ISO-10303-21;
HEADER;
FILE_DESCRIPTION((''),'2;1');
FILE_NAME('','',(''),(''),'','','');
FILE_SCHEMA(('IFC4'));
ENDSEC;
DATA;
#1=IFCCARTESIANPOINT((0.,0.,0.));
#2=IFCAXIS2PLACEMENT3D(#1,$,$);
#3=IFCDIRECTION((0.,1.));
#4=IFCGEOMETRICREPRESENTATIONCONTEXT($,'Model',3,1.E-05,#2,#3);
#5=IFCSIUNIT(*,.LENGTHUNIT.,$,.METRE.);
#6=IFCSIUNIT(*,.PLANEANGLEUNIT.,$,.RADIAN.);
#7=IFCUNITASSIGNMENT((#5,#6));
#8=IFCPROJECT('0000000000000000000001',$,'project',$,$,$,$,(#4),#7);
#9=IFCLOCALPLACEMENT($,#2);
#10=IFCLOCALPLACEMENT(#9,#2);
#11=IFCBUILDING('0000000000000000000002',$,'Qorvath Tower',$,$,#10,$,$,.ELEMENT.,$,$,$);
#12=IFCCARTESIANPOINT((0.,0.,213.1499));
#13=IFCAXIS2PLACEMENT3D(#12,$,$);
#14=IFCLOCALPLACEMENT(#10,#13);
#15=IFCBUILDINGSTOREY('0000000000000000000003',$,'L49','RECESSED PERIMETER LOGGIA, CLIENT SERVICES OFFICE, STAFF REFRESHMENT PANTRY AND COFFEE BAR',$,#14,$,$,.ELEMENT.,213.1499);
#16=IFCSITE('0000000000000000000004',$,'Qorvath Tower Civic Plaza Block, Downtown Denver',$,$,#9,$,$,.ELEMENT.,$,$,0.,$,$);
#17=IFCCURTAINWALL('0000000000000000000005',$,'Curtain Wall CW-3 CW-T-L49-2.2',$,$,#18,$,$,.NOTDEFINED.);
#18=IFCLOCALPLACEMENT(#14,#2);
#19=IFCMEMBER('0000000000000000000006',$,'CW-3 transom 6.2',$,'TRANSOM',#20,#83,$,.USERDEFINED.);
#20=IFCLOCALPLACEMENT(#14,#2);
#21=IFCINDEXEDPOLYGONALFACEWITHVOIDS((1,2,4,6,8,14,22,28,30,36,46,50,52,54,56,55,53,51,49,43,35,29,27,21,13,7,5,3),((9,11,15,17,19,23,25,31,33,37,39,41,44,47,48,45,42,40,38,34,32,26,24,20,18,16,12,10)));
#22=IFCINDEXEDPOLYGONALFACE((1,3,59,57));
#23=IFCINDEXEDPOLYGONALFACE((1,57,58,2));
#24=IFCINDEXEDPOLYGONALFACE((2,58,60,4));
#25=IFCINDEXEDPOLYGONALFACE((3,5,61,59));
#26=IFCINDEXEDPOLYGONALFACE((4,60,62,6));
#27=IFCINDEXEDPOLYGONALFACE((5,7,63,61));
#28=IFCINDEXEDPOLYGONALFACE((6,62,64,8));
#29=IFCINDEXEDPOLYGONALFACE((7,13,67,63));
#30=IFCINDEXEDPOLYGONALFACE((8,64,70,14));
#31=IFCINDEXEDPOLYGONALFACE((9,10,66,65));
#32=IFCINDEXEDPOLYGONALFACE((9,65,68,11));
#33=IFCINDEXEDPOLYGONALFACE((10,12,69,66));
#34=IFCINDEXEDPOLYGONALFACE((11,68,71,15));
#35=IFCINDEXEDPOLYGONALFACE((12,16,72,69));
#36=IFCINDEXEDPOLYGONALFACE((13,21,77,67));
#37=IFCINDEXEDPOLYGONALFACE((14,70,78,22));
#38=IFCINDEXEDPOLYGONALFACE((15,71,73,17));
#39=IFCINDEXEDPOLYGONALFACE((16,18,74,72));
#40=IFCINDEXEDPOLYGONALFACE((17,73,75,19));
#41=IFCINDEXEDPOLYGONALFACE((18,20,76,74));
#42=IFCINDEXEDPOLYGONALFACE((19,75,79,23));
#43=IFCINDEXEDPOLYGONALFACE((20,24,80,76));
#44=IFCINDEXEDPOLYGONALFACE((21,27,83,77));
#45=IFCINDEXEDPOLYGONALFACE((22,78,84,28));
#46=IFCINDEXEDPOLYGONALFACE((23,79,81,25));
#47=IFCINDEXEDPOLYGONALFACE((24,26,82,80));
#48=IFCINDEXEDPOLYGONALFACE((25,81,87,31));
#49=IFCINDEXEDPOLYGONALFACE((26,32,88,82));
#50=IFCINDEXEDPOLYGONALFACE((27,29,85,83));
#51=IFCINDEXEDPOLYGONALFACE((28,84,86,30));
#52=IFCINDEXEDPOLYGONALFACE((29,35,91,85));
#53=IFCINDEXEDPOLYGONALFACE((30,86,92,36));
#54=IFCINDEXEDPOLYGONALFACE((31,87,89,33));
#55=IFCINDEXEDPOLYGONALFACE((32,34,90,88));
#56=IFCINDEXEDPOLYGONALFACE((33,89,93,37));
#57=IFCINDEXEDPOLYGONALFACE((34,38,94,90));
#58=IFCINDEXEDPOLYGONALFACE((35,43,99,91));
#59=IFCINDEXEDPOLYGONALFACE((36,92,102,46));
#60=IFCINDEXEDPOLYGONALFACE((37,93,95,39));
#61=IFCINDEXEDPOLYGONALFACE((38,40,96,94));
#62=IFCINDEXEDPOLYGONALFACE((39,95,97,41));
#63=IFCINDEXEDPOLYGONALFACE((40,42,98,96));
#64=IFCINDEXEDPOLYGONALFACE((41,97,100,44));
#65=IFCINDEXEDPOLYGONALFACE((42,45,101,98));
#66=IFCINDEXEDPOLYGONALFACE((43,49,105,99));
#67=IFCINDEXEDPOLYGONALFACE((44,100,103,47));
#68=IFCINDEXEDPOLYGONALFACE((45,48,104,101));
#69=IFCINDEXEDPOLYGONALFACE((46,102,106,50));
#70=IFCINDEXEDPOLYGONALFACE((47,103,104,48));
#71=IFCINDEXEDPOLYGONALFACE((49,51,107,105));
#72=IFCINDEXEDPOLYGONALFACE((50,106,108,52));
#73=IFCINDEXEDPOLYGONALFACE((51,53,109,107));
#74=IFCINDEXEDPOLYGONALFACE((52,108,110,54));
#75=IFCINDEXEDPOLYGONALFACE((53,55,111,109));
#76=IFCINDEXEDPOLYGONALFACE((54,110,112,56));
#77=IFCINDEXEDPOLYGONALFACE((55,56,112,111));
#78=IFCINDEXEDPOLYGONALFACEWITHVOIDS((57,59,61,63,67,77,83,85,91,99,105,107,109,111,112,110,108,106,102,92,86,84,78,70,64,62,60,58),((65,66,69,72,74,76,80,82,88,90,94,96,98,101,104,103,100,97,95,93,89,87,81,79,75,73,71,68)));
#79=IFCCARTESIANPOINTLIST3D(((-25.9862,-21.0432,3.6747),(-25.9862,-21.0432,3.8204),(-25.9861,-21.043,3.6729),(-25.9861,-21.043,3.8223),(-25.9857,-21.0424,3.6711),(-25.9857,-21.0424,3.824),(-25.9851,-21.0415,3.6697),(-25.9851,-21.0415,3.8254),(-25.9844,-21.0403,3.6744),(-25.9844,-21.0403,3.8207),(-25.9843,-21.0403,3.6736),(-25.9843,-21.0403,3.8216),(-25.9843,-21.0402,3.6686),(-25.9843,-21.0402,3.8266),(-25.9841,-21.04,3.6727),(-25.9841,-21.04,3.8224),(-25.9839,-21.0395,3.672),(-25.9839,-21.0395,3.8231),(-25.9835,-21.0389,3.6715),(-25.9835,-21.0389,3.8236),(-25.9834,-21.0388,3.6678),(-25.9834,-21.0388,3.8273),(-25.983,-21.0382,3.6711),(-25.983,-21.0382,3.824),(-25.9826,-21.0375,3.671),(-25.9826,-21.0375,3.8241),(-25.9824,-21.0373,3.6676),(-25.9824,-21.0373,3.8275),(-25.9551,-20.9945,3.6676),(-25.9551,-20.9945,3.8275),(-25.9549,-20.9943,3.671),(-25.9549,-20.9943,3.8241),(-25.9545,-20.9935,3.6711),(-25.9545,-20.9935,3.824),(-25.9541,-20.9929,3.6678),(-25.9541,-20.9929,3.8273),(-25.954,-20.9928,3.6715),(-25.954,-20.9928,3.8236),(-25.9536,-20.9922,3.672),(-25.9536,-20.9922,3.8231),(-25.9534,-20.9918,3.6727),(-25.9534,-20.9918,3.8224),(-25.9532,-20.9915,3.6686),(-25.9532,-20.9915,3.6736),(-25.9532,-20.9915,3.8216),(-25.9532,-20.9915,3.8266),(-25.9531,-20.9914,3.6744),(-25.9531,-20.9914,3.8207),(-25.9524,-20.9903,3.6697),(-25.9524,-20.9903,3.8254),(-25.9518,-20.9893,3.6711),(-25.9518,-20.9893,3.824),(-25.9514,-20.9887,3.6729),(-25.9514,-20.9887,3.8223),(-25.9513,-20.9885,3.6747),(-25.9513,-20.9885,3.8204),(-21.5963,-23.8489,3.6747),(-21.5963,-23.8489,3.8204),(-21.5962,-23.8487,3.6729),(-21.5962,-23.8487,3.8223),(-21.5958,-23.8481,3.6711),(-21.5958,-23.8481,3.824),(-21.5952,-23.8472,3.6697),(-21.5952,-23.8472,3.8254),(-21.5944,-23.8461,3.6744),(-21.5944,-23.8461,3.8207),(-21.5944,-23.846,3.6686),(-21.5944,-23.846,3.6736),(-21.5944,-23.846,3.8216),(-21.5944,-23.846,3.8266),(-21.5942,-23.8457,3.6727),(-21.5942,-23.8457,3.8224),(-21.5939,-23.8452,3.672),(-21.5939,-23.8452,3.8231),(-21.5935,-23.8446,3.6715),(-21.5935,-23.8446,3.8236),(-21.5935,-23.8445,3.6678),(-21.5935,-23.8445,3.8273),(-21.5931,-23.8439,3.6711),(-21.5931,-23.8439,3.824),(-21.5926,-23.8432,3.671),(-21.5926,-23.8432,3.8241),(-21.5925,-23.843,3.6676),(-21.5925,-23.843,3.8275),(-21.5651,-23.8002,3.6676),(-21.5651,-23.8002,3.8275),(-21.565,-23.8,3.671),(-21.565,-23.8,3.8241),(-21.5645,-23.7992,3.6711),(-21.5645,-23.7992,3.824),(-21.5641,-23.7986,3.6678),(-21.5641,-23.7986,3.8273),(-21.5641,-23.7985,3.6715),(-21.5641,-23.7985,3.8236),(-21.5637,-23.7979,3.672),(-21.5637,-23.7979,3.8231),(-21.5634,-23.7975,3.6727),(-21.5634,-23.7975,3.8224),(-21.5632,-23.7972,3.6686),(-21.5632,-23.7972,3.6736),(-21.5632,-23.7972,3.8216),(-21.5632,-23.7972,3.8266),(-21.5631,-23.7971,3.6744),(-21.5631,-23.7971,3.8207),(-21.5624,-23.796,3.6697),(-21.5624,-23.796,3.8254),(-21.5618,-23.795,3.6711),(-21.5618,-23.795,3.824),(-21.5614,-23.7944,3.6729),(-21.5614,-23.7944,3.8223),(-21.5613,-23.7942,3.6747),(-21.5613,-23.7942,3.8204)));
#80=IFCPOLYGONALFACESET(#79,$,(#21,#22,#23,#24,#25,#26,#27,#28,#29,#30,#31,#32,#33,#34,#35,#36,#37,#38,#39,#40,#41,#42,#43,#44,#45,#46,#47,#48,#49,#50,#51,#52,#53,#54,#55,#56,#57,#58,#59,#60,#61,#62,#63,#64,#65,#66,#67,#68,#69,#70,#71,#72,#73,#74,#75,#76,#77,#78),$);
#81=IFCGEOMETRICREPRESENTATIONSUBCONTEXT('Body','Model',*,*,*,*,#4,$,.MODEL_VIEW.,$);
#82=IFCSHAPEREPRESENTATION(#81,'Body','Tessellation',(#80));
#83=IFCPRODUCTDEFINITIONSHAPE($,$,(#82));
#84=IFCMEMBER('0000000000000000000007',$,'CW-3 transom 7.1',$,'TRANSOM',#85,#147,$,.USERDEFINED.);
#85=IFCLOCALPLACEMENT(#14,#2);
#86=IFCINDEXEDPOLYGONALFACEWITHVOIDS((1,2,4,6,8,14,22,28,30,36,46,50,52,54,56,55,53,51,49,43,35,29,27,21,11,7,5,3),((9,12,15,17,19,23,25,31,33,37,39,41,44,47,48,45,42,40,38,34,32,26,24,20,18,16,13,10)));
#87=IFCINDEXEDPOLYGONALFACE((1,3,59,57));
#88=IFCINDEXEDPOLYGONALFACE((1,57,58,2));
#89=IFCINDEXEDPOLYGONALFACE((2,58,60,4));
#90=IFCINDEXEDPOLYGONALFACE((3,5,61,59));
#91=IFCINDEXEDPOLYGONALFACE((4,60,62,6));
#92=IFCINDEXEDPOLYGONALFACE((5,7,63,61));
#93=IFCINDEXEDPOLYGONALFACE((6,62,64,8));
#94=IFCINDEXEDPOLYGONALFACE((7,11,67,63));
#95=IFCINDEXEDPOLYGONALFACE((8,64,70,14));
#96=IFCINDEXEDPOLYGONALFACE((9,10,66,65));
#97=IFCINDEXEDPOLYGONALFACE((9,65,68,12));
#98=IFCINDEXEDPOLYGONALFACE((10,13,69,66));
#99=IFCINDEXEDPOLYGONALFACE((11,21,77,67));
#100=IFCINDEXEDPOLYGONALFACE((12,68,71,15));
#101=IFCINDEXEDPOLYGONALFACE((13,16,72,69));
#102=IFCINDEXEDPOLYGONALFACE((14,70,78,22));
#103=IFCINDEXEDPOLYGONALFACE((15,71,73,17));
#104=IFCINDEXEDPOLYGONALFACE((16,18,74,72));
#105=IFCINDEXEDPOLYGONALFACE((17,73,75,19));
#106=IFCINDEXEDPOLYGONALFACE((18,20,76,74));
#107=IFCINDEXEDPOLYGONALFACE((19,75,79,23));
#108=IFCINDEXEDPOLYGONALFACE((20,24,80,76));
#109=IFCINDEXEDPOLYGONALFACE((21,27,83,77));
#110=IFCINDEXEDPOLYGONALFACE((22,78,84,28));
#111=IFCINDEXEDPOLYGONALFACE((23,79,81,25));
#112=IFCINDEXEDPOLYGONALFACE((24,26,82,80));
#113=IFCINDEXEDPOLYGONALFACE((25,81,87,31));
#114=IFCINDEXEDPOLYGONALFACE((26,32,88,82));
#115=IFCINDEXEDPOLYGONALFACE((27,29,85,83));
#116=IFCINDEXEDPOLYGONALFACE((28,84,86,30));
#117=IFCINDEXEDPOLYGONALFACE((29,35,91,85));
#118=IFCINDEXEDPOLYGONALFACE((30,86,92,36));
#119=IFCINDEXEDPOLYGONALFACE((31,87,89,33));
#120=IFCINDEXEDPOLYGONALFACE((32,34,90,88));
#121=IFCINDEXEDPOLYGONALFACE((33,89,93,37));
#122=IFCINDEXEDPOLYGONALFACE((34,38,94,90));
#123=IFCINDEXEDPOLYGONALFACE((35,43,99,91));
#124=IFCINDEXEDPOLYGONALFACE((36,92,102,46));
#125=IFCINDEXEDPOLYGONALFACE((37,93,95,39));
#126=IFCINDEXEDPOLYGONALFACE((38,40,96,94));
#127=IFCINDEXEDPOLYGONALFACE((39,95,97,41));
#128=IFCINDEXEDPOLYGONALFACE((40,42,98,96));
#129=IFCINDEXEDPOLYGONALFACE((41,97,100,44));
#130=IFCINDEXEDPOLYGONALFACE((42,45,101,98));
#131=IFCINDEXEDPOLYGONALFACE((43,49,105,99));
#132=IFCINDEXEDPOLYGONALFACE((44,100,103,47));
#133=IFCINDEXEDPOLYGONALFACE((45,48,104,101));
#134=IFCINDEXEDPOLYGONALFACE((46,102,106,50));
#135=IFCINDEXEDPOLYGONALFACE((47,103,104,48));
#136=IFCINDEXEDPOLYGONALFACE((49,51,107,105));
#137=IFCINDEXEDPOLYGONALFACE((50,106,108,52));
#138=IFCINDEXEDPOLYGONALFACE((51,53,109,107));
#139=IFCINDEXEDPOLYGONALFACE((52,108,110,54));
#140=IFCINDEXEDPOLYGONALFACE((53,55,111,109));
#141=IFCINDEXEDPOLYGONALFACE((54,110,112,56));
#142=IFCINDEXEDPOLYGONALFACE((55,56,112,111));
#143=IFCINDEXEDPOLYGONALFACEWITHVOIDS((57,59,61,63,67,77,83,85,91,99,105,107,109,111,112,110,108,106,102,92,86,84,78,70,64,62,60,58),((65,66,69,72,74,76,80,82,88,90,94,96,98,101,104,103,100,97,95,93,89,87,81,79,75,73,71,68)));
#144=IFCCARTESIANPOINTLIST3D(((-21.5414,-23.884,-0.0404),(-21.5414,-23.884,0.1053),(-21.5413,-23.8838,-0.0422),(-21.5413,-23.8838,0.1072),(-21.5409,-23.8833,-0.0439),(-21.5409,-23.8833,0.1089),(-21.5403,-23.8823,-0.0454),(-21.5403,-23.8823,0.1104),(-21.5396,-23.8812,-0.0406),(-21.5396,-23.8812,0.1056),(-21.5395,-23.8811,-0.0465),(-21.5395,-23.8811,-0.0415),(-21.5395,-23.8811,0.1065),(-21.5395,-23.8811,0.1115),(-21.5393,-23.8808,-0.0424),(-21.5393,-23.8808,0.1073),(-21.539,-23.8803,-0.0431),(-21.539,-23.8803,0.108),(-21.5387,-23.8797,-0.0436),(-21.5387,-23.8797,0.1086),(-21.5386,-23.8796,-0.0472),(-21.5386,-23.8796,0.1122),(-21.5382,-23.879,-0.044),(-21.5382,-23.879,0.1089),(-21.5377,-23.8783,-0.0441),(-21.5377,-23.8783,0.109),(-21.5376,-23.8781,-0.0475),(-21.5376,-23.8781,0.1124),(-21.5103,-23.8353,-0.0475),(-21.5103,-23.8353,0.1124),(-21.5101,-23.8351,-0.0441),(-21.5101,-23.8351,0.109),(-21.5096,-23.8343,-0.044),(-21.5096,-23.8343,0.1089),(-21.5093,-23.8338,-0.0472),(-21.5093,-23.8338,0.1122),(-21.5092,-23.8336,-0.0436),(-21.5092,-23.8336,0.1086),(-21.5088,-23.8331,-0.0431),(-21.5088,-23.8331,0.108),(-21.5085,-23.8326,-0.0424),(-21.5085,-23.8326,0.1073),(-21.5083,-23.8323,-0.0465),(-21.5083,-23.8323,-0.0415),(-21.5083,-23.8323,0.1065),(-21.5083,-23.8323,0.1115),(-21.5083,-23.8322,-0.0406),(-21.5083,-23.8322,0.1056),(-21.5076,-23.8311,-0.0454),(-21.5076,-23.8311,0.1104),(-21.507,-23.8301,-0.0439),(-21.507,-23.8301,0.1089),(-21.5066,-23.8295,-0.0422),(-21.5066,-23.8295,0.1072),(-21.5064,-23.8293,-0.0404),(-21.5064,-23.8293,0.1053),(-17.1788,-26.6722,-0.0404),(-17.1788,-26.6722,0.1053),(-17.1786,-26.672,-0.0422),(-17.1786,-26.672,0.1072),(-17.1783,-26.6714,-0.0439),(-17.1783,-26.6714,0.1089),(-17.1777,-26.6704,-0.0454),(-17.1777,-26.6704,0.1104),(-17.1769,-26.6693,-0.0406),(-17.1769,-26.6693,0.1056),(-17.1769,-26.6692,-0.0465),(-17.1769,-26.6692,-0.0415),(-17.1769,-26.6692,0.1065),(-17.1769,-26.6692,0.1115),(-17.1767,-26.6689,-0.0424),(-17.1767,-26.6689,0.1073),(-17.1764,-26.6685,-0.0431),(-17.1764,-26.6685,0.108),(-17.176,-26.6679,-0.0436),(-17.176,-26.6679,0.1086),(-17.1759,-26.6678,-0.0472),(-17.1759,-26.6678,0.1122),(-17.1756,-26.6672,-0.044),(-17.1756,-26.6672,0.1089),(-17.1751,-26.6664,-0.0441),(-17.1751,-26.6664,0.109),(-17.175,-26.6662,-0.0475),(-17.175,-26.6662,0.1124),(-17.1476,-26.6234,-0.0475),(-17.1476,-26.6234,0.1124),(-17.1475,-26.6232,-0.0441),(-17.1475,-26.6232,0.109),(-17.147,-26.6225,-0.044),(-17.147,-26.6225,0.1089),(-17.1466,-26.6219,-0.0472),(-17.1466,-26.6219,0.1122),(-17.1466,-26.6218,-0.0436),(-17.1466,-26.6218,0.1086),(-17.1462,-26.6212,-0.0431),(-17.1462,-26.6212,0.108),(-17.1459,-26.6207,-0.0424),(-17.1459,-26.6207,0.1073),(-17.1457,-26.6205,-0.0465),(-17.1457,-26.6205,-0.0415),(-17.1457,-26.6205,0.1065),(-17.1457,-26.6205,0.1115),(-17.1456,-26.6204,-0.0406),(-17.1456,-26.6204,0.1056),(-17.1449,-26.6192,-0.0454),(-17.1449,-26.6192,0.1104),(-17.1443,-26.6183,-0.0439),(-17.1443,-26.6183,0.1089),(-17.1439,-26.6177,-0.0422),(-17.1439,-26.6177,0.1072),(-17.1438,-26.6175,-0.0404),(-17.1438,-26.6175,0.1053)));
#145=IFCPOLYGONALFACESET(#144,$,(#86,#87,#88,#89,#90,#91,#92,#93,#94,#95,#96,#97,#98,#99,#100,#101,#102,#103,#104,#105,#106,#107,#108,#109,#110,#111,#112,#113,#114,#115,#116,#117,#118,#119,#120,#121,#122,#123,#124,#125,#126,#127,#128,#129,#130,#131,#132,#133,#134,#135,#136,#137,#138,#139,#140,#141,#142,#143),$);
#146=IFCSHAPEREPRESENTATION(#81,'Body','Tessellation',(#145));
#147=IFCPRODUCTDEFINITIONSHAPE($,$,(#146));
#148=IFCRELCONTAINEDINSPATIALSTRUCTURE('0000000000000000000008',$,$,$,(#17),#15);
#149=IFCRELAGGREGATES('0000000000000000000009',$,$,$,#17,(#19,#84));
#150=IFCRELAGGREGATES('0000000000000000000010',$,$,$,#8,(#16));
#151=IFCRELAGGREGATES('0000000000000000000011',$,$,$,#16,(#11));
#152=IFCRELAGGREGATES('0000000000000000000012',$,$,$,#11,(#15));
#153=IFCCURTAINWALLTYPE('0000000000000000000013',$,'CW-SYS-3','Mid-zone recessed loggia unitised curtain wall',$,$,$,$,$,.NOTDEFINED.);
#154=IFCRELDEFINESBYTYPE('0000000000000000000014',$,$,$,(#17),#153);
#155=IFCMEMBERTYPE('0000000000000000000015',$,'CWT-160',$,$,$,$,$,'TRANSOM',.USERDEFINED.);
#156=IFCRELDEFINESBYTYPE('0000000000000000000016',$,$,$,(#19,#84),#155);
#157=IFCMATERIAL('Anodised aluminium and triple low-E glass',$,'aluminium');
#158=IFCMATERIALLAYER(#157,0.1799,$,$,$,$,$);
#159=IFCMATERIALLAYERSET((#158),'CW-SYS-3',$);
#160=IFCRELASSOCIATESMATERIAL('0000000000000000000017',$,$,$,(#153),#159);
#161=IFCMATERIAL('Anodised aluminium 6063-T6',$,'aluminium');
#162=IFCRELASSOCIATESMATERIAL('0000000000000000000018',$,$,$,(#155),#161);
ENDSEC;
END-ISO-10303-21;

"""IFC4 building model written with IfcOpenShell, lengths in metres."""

from ifc_helpers import new_model, si_unit, direction, frame, origin, origin_2d, place, context, subcontext, project, spatial, hollow_rectangle, extrude, material, layer, layer_set, material_profile, profile_set, type_object, element, aggregate, save


model = new_model("IFC4")

# Units and contexts
model_context = context("Model", 3, precision=1e-05, world=origin(), true_north=direction((0.0, 1.0)))
body_context = subcontext(model_context, "Body", "Model", "MODEL_VIEW")
ifc_project = project(units=[si_unit("LENGTHUNIT", "METRE"), si_unit("PLANEANGLEUNIT", "RADIAN")], contexts=[model_context])

# Site, building, storey
site_placement = place(None, origin())
site = spatial("IfcSite", under=ifc_project, at=site_placement, Name="Qorvath Tower Civic Plaza Block, Downtown Denver", CompositionType="ELEMENT", RefElevation=0.0)
building_placement = place(site_placement, origin())
building = spatial("IfcBuilding", under=site, at=building_placement, Name="Qorvath Tower", CompositionType="ELEMENT")
storey_placement = place(building_placement, frame((0.0, 0.0, 213.1499)))
storey = spatial("IfcBuildingStorey", under=building, at=storey_placement, Name="L49", Description="RECESSED PERIMETER LOGGIA, CLIENT SERVICES OFFICE, STAFF REFRESHMENT PANTRY AND COFFEE BAR", CompositionType="ELEMENT", Elevation=213.1499)

# Curtain wall, members
ifc_material_1 = material(Name="Anodised aluminium and triple low-E glass", Category="aluminium")
ifc_layer_1 = layer(ifc_material_1, 0.1799)
ifc_layer_set_1 = layer_set([ifc_layer_1], Name="CW-SYS-3")
curtain_wall_type = type_object("IfcCurtainWallType", Name="CW-SYS-3", Description="Mid-zone recessed loggia unitised curtain wall", PredefinedType="NOTDEFINED", material=ifc_layer_set_1)
curtain_wall_placement = place(storey_placement, origin())
curtain_wall = element("IfcCurtainWall", 1, at=curtain_wall_placement, inside=storey, type_object=curtain_wall_type, Name="Curtain Wall CW-3 CW-T-L49-2.2", PredefinedType="NOTDEFINED")
ifc_material_2 = material(Name="Anodised aluminium 6063-T6", Category="aluminium")
ifc_material_profile_1 = material_profile(ifc_material_2, hollow_rectangle(XDim=0.0649, YDim=0.1599, WallThickness=0.0034, InnerFilletRadius=0.0034, OuterFilletRadius=0.0071, at=origin_2d()), Name="CWT 160x65")
ifc_profile_set_1 = profile_set([ifc_material_profile_1], Name="Anodised aluminium 6063-T6")
member_type_1 = type_object("IfcMemberType", Name="CWT-160", ElementType="TRANSOM", PredefinedType="USERDEFINED", material=ifc_profile_set_1)
member_1_placement = place(storey_placement, frame((-25.9688, -21.0159, 3.7476), z_axis=(0.842608, -0.538527, 0.0), x_axis=(0.538527, 0.842608, 0.0)))
member_1 = element("IfcMember", 2, at=member_1_placement, type_object=member_type_1, Name="CW-3 transom 6.2", ObjectType="TRANSOM", PredefinedType="USERDEFINED", context=body_context, shape_type="SweptSolid", body=[
    extrude(hollow_rectangle(XDim=0.0649, YDim=0.1599, WallThickness=0.0034, InnerFilletRadius=0.0034, OuterFilletRadius=0.0071, at=origin_2d()), origin(), (0.0, 0.0, 1.0), 5.21),
])
member_2_placement = place(storey_placement, frame((-21.5239, -23.8567, 0.0325), z_axis=(0.842617, -0.538513, 0.0), x_axis=(0.538513, 0.842617, 0.0)))
member_2 = element("IfcMember", 3, at=member_2_placement, type_object=member_type_1, Name="CW-3 transom 7.1", ObjectType="TRANSOM", PredefinedType="USERDEFINED", context=body_context, shape_type="SweptSolid", body=[
    extrude(hollow_rectangle(XDim=0.0649, YDim=0.1599, WallThickness=0.0034, InnerFilletRadius=0.0034, OuterFilletRadius=0.0071, at=origin_2d()), origin(), (0.0, 0.0, 1.0), 5.1775),
])
aggregate(curtain_wall, [member_1, member_2])

save(model, "model.ifc")
